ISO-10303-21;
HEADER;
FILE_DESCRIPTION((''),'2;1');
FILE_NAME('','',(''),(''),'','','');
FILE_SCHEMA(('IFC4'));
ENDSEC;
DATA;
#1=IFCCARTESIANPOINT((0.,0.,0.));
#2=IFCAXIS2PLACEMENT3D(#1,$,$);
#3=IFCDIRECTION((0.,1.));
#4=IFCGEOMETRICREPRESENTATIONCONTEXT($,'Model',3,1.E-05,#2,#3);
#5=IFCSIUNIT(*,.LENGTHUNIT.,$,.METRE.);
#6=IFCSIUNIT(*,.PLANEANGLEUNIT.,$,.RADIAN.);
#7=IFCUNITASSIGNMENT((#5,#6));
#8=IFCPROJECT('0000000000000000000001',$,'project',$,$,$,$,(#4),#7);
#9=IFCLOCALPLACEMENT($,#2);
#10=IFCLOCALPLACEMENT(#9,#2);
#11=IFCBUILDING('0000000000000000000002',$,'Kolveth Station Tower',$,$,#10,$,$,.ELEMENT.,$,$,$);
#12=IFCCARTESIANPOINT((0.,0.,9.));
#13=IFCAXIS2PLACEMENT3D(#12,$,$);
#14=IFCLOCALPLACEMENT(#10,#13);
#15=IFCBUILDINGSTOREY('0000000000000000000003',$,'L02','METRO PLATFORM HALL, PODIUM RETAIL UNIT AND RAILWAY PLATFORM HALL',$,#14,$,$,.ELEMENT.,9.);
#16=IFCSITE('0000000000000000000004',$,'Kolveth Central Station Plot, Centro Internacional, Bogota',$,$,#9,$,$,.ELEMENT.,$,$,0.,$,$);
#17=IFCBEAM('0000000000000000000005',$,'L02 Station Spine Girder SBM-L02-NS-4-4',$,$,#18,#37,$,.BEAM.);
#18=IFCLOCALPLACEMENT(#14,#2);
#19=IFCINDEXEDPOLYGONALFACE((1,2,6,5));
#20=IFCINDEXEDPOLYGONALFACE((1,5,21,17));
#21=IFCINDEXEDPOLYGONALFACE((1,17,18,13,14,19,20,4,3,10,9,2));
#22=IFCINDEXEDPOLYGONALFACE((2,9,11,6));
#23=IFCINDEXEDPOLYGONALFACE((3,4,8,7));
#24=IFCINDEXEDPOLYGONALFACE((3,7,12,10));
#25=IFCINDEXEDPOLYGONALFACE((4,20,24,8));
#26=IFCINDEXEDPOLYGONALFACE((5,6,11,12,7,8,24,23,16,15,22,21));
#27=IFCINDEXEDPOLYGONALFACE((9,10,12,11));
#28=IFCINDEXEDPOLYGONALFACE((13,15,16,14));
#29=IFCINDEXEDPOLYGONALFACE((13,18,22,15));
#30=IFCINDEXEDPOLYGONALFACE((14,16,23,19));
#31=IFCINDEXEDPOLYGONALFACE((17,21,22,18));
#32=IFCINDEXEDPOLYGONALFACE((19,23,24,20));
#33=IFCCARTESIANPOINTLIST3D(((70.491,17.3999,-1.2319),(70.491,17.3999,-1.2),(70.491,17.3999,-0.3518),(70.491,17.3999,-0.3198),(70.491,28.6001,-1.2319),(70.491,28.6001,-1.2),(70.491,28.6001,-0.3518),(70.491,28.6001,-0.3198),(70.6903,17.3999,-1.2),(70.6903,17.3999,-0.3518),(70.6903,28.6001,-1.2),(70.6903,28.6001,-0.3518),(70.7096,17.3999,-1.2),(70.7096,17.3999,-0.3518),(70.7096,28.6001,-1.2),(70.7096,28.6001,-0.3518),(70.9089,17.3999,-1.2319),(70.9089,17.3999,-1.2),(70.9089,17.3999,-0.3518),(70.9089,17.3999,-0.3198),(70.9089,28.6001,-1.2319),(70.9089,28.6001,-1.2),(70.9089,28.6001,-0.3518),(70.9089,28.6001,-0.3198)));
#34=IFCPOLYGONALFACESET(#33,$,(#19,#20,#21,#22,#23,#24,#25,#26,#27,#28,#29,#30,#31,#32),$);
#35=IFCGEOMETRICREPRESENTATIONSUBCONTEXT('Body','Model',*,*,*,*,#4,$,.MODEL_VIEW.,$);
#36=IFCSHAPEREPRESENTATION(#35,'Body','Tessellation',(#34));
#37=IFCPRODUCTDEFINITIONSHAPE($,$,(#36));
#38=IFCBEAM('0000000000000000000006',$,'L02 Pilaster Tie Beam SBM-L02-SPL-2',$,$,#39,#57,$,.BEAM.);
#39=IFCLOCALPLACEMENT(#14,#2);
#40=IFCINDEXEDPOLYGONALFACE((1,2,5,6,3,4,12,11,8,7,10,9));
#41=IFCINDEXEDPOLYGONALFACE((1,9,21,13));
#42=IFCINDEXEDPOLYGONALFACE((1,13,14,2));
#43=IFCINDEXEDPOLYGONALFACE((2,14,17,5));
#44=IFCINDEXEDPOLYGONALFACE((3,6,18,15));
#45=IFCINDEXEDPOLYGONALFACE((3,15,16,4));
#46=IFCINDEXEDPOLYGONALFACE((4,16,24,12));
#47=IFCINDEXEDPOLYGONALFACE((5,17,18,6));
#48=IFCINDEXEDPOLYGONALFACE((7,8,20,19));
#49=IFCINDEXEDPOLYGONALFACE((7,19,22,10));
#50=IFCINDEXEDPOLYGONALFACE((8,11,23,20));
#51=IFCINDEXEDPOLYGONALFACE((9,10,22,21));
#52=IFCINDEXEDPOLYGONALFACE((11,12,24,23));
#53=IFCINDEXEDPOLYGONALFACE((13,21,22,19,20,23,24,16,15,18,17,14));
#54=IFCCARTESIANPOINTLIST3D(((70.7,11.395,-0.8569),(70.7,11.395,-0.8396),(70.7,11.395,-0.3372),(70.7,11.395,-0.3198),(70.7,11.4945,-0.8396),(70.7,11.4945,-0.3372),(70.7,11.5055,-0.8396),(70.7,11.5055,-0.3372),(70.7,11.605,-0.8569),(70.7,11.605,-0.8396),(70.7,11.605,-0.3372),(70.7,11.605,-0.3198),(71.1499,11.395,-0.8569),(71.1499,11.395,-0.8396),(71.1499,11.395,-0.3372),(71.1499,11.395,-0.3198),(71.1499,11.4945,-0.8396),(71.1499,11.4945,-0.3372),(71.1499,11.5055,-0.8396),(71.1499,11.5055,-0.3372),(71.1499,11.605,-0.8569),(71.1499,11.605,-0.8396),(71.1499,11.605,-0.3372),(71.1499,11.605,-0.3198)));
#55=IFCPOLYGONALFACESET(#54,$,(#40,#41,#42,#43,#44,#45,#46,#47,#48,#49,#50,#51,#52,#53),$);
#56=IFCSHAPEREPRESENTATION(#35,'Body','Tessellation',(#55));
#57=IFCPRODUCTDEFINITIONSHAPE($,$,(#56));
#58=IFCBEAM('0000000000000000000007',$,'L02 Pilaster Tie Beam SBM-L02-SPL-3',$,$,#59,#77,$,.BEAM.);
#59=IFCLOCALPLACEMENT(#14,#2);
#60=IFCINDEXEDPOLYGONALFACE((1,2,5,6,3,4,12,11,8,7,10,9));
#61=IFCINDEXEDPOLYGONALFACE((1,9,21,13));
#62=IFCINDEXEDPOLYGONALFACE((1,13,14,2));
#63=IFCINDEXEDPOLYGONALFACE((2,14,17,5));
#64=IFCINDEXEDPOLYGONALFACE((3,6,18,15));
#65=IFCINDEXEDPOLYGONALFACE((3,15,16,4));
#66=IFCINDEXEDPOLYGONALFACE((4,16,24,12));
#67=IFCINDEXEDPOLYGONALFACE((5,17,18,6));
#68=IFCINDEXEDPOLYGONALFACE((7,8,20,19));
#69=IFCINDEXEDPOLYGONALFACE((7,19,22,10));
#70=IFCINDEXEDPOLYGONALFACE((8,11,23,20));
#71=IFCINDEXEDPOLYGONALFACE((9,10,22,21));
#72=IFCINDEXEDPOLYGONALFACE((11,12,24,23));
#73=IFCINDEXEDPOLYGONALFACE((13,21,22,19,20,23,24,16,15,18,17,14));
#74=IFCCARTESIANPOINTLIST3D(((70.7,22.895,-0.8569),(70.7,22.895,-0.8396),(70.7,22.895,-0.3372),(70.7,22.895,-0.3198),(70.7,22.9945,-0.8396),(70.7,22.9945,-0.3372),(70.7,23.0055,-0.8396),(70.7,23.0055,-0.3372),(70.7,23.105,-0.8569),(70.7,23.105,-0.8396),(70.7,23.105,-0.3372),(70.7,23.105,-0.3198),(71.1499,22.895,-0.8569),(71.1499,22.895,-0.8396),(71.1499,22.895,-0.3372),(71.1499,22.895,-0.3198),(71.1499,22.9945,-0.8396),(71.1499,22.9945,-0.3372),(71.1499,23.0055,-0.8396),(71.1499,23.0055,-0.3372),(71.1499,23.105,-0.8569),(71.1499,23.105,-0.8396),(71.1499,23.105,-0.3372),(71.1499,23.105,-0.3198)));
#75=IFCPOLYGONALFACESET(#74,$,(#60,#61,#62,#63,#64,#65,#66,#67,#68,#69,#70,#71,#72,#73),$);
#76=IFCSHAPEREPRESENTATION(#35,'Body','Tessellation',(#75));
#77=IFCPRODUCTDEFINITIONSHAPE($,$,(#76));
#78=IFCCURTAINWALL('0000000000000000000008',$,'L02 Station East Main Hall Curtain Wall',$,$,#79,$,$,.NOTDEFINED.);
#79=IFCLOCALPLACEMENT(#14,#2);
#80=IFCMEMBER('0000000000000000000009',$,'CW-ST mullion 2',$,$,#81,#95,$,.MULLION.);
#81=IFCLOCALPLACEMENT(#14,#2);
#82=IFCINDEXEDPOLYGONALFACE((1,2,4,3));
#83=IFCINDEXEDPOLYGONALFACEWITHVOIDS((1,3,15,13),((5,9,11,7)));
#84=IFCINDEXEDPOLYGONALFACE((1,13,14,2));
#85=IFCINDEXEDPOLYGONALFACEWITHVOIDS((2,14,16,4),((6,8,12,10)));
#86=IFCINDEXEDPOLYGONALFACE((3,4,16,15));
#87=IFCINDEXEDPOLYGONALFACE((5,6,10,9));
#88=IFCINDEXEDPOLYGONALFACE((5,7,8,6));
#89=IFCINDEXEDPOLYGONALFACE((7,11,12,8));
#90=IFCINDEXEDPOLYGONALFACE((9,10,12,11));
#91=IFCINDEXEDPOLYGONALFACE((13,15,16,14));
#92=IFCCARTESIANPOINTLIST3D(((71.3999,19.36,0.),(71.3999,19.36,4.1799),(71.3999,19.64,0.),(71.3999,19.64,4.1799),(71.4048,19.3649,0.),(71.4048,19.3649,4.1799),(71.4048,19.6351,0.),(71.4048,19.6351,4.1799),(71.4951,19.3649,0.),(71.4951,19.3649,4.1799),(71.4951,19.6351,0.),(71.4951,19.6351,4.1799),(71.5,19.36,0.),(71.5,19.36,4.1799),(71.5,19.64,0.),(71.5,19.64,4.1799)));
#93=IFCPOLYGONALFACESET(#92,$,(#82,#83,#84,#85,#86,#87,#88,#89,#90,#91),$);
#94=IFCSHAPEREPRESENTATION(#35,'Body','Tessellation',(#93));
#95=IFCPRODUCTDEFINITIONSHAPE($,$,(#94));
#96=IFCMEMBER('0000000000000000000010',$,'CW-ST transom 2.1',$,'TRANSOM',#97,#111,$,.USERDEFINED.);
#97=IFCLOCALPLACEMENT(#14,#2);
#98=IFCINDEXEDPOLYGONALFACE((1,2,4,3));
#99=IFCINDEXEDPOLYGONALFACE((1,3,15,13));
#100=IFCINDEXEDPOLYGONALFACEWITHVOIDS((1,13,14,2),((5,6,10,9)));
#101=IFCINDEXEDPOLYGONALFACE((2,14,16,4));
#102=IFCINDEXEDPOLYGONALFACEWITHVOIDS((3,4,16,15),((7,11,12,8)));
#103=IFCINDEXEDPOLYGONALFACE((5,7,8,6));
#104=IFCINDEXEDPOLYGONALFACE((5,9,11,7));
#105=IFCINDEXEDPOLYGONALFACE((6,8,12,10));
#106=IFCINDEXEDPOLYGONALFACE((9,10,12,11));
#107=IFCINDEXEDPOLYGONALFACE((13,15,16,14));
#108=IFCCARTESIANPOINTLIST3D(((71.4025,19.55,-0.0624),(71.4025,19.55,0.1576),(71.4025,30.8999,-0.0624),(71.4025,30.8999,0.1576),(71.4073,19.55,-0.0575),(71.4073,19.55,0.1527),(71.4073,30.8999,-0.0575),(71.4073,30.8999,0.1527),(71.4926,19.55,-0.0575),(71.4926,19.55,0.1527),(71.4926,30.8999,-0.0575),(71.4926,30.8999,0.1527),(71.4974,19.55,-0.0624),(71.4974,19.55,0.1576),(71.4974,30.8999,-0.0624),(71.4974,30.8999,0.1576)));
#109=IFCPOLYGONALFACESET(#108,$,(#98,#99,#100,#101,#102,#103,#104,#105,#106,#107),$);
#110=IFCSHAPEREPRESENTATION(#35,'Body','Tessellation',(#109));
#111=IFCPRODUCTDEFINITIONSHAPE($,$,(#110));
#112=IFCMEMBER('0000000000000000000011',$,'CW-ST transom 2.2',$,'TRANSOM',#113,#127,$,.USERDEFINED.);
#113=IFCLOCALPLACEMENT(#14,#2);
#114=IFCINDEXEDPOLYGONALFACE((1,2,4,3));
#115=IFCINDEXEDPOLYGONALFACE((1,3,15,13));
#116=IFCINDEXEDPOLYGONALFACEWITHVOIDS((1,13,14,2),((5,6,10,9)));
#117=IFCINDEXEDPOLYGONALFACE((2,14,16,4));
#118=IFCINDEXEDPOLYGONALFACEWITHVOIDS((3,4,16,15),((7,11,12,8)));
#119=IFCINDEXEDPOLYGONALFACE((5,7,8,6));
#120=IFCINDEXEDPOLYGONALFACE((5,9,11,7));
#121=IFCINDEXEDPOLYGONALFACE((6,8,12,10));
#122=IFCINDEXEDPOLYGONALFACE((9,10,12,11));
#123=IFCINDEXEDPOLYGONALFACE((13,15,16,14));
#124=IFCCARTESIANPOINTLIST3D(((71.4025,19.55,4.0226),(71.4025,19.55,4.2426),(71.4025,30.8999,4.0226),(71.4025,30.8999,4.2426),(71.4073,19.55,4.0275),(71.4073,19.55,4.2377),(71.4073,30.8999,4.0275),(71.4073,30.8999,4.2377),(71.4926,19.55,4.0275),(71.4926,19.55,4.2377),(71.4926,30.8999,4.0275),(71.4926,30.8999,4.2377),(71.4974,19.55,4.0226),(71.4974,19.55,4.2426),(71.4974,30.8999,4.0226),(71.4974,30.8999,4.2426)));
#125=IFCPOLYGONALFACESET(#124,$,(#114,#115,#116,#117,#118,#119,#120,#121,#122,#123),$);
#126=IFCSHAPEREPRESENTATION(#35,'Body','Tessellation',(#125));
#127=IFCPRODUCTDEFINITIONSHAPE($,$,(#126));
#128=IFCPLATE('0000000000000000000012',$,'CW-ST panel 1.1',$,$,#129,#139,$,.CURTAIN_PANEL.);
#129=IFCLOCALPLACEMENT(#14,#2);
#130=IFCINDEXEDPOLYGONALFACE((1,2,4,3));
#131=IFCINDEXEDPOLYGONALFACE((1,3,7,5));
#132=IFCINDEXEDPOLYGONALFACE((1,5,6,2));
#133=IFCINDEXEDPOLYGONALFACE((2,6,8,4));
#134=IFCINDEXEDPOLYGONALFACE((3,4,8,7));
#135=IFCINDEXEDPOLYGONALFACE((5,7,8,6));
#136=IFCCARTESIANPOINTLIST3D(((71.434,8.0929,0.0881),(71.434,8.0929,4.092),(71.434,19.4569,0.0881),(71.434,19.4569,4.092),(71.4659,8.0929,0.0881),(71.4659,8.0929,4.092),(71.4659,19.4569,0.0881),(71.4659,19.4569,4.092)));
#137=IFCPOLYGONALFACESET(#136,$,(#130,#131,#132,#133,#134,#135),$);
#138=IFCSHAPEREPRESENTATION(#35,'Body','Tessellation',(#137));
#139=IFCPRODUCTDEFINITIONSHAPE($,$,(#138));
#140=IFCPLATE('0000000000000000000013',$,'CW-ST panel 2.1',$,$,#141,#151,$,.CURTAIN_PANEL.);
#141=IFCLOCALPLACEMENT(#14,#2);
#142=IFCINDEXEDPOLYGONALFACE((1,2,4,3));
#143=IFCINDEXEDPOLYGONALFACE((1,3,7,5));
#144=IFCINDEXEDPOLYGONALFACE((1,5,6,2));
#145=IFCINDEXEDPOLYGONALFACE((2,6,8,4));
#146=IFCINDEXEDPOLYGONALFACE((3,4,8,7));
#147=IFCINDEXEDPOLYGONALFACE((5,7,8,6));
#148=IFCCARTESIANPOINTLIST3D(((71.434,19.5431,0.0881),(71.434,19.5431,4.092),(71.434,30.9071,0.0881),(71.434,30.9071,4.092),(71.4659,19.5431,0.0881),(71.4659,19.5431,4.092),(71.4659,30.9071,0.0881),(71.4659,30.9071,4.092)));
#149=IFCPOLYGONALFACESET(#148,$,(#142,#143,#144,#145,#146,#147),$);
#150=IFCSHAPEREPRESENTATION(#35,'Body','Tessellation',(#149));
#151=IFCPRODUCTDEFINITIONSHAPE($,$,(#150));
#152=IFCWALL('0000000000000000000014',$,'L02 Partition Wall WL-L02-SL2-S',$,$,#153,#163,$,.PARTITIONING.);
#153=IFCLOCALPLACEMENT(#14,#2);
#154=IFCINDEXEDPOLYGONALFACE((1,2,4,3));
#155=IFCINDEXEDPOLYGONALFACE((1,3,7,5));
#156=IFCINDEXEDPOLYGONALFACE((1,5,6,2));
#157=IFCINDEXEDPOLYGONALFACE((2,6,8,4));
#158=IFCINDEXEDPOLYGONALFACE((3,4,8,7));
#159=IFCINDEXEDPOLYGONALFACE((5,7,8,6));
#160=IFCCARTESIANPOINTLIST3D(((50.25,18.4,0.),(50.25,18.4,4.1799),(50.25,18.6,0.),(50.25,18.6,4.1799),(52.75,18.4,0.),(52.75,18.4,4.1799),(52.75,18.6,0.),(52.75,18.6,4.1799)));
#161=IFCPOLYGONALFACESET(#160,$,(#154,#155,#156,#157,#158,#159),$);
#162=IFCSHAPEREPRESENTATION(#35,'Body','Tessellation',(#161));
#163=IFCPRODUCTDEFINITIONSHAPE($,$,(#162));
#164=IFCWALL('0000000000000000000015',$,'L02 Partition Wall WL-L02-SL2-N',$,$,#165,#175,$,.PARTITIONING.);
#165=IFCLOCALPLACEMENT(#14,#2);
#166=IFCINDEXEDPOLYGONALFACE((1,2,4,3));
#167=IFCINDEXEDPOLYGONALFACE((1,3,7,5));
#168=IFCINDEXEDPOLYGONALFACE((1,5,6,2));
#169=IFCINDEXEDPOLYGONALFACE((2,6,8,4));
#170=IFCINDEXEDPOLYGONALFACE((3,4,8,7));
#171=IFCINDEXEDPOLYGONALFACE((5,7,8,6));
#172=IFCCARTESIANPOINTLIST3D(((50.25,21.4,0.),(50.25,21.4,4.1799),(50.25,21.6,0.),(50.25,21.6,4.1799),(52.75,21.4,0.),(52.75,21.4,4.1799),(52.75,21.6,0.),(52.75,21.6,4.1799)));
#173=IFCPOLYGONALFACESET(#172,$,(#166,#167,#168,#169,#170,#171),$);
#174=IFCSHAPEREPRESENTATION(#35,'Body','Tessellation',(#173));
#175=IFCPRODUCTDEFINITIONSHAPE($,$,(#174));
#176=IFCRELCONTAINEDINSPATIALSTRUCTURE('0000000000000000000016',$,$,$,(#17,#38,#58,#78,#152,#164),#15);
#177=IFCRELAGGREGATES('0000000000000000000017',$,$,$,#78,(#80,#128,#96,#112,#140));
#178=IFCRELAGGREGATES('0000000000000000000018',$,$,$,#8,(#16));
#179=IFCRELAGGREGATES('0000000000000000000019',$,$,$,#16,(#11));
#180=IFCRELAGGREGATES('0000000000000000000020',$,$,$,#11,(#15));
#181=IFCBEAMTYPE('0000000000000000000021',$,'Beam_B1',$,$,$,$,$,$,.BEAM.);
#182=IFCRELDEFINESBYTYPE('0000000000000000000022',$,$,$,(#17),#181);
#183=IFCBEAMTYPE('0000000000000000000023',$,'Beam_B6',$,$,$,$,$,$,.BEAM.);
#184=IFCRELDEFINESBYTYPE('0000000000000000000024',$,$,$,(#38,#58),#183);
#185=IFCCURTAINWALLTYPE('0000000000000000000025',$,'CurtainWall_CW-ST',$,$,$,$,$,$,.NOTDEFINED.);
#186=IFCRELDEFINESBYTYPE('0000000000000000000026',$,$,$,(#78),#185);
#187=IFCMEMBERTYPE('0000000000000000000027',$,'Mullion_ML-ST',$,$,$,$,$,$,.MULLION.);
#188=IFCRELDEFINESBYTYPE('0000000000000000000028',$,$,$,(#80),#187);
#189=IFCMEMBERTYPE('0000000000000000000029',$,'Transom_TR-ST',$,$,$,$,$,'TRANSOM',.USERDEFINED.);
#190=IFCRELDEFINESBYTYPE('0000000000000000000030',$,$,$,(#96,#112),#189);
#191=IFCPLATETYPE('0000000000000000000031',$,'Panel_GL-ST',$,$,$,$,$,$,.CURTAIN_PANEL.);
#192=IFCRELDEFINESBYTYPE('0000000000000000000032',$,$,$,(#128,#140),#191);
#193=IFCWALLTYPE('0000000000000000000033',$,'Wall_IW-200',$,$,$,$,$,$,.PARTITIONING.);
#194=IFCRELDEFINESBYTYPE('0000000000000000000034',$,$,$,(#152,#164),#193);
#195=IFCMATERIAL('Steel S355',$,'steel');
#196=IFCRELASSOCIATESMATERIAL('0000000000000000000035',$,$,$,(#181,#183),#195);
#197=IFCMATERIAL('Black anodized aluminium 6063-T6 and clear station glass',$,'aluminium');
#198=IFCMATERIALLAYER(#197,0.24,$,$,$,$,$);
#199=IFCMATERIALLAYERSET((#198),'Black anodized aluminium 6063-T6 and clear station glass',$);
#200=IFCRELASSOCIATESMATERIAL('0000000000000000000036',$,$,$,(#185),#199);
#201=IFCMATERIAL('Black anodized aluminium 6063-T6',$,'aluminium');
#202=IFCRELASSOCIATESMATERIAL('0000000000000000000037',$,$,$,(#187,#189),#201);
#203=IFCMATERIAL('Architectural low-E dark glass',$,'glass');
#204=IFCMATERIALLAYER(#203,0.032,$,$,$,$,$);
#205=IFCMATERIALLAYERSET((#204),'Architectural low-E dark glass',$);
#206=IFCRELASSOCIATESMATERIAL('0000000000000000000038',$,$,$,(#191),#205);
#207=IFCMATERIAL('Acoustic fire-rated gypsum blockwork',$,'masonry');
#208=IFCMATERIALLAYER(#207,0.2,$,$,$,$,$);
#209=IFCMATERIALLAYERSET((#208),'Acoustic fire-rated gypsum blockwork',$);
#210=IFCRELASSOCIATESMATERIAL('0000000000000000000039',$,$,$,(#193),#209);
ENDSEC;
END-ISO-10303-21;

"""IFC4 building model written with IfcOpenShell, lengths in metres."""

from ifc_helpers import new_model, si_unit, direction, frame, frame_2d, origin, origin_2d, place, context, subcontext, project, spatial, rectangle, hollow_rectangle, i_section, extrude, source, transform, mapped, material, layer, layer_set, material_profile, profile_set, type_object, element, aggregate, save


model = new_model("IFC4")

# Units and contexts
model_context = context("Model", 3, precision=1e-05, world=origin(), true_north=direction((0.0, 1.0)))
body_context = subcontext(model_context, "Body", "Model", "MODEL_VIEW")
ifc_project = project(units=[si_unit("LENGTHUNIT", "METRE"), si_unit("PLANEANGLEUNIT", "RADIAN")], contexts=[model_context])

# Site, building, storey
site_placement = place(None, origin())
site = spatial("IfcSite", under=ifc_project, at=site_placement, Name="Kolveth Central Station Plot, Centro Internacional, Bogota", CompositionType="ELEMENT", RefElevation=0.0)
building_placement = place(site_placement, origin())
building = spatial("IfcBuilding", under=site, at=building_placement, Name="Kolveth Station Tower", CompositionType="ELEMENT")
storey_placement = place(building_placement, frame((0.0, 0.0, 9.0)))
storey = spatial("IfcBuildingStorey", under=building, at=storey_placement, Name="L02", Description="METRO PLATFORM HALL, PODIUM RETAIL UNIT AND RAILWAY PLATFORM HALL", CompositionType="ELEMENT", Elevation=9.0)

# Shared definitions
ifc_material_1 = material(Name="Steel S355", Category="steel")

# Beams
ifc_material_profile_1 = material_profile(ifc_material_1, i_section(OverallWidth=0.418, OverallDepth=0.9121, WebThickness=0.0193, FlangeThickness=0.032, at=origin_2d()), Name="W920x342")
ifc_profile_set_1 = profile_set([ifc_material_profile_1], Name="Steel S355")
beam_type_1 = type_object("IfcBeamType", Name="Beam_B1", PredefinedType="BEAM", material=ifc_profile_set_1)
shared_shape_1 = source(origin(), body_context, "Body", "SweptSolid", [
    extrude(i_section(OverallWidth=0.418, OverallDepth=0.9121, WebThickness=0.0193, FlangeThickness=0.032, at=origin_2d()), origin(), (0.0, 0.0, 1.0), 11.2002),
])
for number, where, z_axis, x_axis, name in (
    (1, (70.7, 17.3999, -0.7759), (0.0, 1.0, 0.0), (-1.0, 0.0, 0.0), "L02 Station Spine Girder SBM-L02-NS-4-4"),
):
    element("IfcBeam", number, at=place(storey_placement, frame(where, z_axis=z_axis, x_axis=x_axis)), inside=storey, type_object=beam_type_1, Name=name, PredefinedType="BEAM", context=body_context, shape_type="MappedRepresentation", body=[
        mapped(shared_shape_1, transform((0.0, 0.0, 0.0), x_axis=(1.0, 0.0, 0.0), y_axis=(0.0, 1.0, 0.0), z_axis=(0.0, 0.0, 1.0), scale=1.0)),
    ])
ifc_material_profile_2 = material_profile(ifc_material_1, i_section(OverallWidth=0.21, OverallDepth=0.5371, WebThickness=0.011, FlangeThickness=0.0173, at=origin_2d()), Name="W530x101")
ifc_profile_set_2 = profile_set([ifc_material_profile_2], Name="Steel S355")
beam_type_2 = type_object("IfcBeamType", Name="Beam_B6", PredefinedType="BEAM", material=ifc_profile_set_2)
shared_shape_2 = source(origin(), body_context, "Body", "SweptSolid", [
    extrude(i_section(OverallWidth=0.21, OverallDepth=0.5371, WebThickness=0.011, FlangeThickness=0.0173, at=origin_2d()), origin(), (0.0, 0.0, 1.0), 0.45),
])
for number, where, z_axis, x_axis, name in (
    (2, (70.7, 11.5, -0.5884), (1.0, 0.0, 0.0), (0.0, 1.0, 0.0), "L02 Pilaster Tie Beam SBM-L02-SPL-2"),
    (3, (70.7, 23.0, -0.5884), (1.0, 0.0, 0.0), (0.0, 1.0, 0.0), "L02 Pilaster Tie Beam SBM-L02-SPL-3"),
):
    element("IfcBeam", number, at=place(storey_placement, frame(where, z_axis=z_axis, x_axis=x_axis)), inside=storey, type_object=beam_type_2, Name=name, PredefinedType="BEAM", context=body_context, shape_type="MappedRepresentation", body=[
        mapped(shared_shape_2, transform((0.0, 0.0, 0.0), x_axis=(1.0, 0.0, 0.0), y_axis=(0.0, 1.0, 0.0), z_axis=(0.0, 0.0, 1.0), scale=1.0)),
    ])

# Curtain wall, members, plates
ifc_material_2 = material(Name="Black anodized aluminium 6063-T6 and clear station glass", Category="aluminium")
ifc_layer_1 = layer(ifc_material_2, 0.24)
ifc_layer_set_1 = layer_set([ifc_layer_1], Name="Black anodized aluminium 6063-T6 and clear station glass")
curtain_wall_type = type_object("IfcCurtainWallType", Name="CurtainWall_CW-ST", PredefinedType="NOTDEFINED", material=ifc_layer_set_1)
curtain_wall_placement = place(storey_placement, origin())
curtain_wall = element("IfcCurtainWall", 4, at=curtain_wall_placement, inside=storey, type_object=curtain_wall_type, Name="L02 Station East Main Hall Curtain Wall", PredefinedType="NOTDEFINED")
ifc_material_3 = material(Name="Black anodized aluminium 6063-T6", Category="aluminium")
ifc_material_profile_3 = material_profile(ifc_material_3, hollow_rectangle(XDim=0.1001, YDim=0.28, WallThickness=0.0049, at=origin_2d()), Name="ALU-100x280x5")
ifc_profile_set_3 = profile_set([ifc_material_profile_3], Name="Black anodized aluminium 6063-T6")
member_type_1 = type_object("IfcMemberType", Name="Mullion_ML-ST", PredefinedType="MULLION", material=ifc_profile_set_3)
shared_shape_3 = source(origin(), body_context, "Body", "SweptSolid", [
    extrude(hollow_rectangle(XDim=0.1001, YDim=0.28, WallThickness=0.0049, at=origin_2d()), origin(), (0.0, 0.0, 1.0), 4.1799),
])
member_1_placement = place(storey_placement, frame((71.45, 19.5, 0.0), z_axis=(0.0, 0.0, 1.0), x_axis=(-1.0, 0.0, 0.0)))
member_1 = element("IfcMember", 5, at=member_1_placement, type_object=member_type_1, Name="CW-ST mullion 2", PredefinedType="MULLION", context=body_context, shape_type="MappedRepresentation", body=[
    mapped(shared_shape_3, transform((0.0, 0.0, 0.0), x_axis=(1.0, 0.0, 0.0), y_axis=(0.0, 1.0, 0.0), z_axis=(0.0, 0.0, 1.0), scale=1.0)),
])
ifc_material_profile_4 = material_profile(ifc_material_3, hollow_rectangle(XDim=0.095, YDim=0.22, WallThickness=0.0049, at=origin_2d()), Name="ALU-95x220x5")
ifc_profile_set_4 = profile_set([ifc_material_profile_4], Name="Black anodized aluminium 6063-T6")
member_type_2 = type_object("IfcMemberType", Name="Transom_TR-ST", ElementType="TRANSOM", PredefinedType="USERDEFINED", material=ifc_profile_set_4)
shared_shape_4 = source(origin(), body_context, "Body", "SweptSolid", [
    extrude(hollow_rectangle(XDim=0.095, YDim=0.22, WallThickness=0.0049, at=origin_2d()), origin(), (0.0, 0.0, 1.0), 11.3499),
])
member_2_placement = place(storey_placement, frame((71.45, 19.55, 0.0476), z_axis=(0.0, 1.0, 0.0), x_axis=(-1.0, 0.0, 0.0)))
member_2 = element("IfcMember", 6, at=member_2_placement, type_object=member_type_2, Name="CW-ST transom 2.1", ObjectType="TRANSOM", PredefinedType="USERDEFINED", context=body_context, shape_type="MappedRepresentation", body=[
    mapped(shared_shape_4, transform((0.0, 0.0, 0.0), x_axis=(1.0, 0.0, 0.0), y_axis=(0.0, 1.0, 0.0), z_axis=(0.0, 0.0, 1.0), scale=1.0)),
])
member_3_placement = place(storey_placement, frame((71.45, 19.55, 4.1326), z_axis=(0.0, 1.0, 0.0), x_axis=(-1.0, 0.0, 0.0)))
member_3 = element("IfcMember", 7, at=member_3_placement, type_object=member_type_2, Name="CW-ST transom 2.2", ObjectType="TRANSOM", PredefinedType="USERDEFINED", context=body_context, shape_type="MappedRepresentation", body=[
    mapped(shared_shape_4, transform((0.0, 0.0, 0.0), x_axis=(1.0, 0.0, 0.0), y_axis=(0.0, 1.0, 0.0), z_axis=(0.0, 0.0, 1.0), scale=1.0)),
])
ifc_material_4 = material(Name="Architectural low-E dark glass", Category="glass")
ifc_layer_2 = layer(ifc_material_4, 0.032)
ifc_layer_set_2 = layer_set([ifc_layer_2], Name="Architectural low-E dark glass")
plate_type = type_object("IfcPlateType", Name="Panel_GL-ST", PredefinedType="CURTAIN_PANEL", material=ifc_layer_set_2)
shared_shape_5 = source(origin(), body_context, "Body", "SweptSolid", [
    extrude(rectangle(XDim=11.364, YDim=0.032, at=origin_2d()), origin(), (0.0, 0.0, 1.0), 4.0039),
])
plate_1_placement = place(storey_placement, frame((71.45, 13.7749, 0.0881), z_axis=(0.0, 0.0, 1.0), x_axis=(0.0, 1.0, 0.0)))
plate_1 = element("IfcPlate", 8, at=plate_1_placement, type_object=plate_type, Name="CW-ST panel 1.1", PredefinedType="CURTAIN_PANEL", context=body_context, shape_type="MappedRepresentation", body=[
    mapped(shared_shape_5, transform((0.0, 0.0, 0.0), x_axis=(1.0, 0.0, 0.0), y_axis=(0.0, 1.0, 0.0), z_axis=(0.0, 0.0, 1.0), scale=1.0)),
])
plate_2_placement = place(storey_placement, frame((71.45, 25.2251, 0.0881), z_axis=(0.0, 0.0, 1.0), x_axis=(0.0, 1.0, 0.0)))
plate_2 = element("IfcPlate", 9, at=plate_2_placement, type_object=plate_type, Name="CW-ST panel 2.1", PredefinedType="CURTAIN_PANEL", context=body_context, shape_type="MappedRepresentation", body=[
    mapped(shared_shape_5, transform((0.0, 0.0, 0.0), x_axis=(1.0, 0.0, 0.0), y_axis=(0.0, 1.0, 0.0), z_axis=(0.0, 0.0, 1.0), scale=1.0)),
])
aggregate(curtain_wall, [member_1, plate_1, member_2, member_3, plate_2])

# Walls
ifc_material_5 = material(Name="Acoustic fire-rated gypsum blockwork", Category="masonry")
ifc_layer_3 = layer(ifc_material_5, 0.2)
ifc_layer_set_3 = layer_set([ifc_layer_3], Name="Acoustic fire-rated gypsum blockwork")
wall_type = type_object("IfcWallType", Name="Wall_IW-200", PredefinedType="PARTITIONING", material=ifc_layer_set_3)
for number, where, z_axis, x_axis, name in (
    (10, (50.25, 18.5, 0.0), (0.0, 0.0, 1.0), (1.0, 0.0, 0.0), "L02 Partition Wall WL-L02-SL2-S"),
    (11, (50.25, 21.5, 0.0), (0.0, 0.0, 1.0), (1.0, 0.0, 0.0), "L02 Partition Wall WL-L02-SL2-N"),
):
    element("IfcWall", number, at=place(storey_placement, frame(where, z_axis=z_axis, x_axis=x_axis)), inside=storey, type_object=wall_type, Name=name, PredefinedType="PARTITIONING", context=body_context, shape_type="SweptSolid", body=[
        extrude(rectangle(XDim=2.5, YDim=0.2, at=frame_2d((1.25, 0.0))), origin(), (0.0, 0.0, 1.0), 4.1799),
    ])

save(model, "model.ifc")
